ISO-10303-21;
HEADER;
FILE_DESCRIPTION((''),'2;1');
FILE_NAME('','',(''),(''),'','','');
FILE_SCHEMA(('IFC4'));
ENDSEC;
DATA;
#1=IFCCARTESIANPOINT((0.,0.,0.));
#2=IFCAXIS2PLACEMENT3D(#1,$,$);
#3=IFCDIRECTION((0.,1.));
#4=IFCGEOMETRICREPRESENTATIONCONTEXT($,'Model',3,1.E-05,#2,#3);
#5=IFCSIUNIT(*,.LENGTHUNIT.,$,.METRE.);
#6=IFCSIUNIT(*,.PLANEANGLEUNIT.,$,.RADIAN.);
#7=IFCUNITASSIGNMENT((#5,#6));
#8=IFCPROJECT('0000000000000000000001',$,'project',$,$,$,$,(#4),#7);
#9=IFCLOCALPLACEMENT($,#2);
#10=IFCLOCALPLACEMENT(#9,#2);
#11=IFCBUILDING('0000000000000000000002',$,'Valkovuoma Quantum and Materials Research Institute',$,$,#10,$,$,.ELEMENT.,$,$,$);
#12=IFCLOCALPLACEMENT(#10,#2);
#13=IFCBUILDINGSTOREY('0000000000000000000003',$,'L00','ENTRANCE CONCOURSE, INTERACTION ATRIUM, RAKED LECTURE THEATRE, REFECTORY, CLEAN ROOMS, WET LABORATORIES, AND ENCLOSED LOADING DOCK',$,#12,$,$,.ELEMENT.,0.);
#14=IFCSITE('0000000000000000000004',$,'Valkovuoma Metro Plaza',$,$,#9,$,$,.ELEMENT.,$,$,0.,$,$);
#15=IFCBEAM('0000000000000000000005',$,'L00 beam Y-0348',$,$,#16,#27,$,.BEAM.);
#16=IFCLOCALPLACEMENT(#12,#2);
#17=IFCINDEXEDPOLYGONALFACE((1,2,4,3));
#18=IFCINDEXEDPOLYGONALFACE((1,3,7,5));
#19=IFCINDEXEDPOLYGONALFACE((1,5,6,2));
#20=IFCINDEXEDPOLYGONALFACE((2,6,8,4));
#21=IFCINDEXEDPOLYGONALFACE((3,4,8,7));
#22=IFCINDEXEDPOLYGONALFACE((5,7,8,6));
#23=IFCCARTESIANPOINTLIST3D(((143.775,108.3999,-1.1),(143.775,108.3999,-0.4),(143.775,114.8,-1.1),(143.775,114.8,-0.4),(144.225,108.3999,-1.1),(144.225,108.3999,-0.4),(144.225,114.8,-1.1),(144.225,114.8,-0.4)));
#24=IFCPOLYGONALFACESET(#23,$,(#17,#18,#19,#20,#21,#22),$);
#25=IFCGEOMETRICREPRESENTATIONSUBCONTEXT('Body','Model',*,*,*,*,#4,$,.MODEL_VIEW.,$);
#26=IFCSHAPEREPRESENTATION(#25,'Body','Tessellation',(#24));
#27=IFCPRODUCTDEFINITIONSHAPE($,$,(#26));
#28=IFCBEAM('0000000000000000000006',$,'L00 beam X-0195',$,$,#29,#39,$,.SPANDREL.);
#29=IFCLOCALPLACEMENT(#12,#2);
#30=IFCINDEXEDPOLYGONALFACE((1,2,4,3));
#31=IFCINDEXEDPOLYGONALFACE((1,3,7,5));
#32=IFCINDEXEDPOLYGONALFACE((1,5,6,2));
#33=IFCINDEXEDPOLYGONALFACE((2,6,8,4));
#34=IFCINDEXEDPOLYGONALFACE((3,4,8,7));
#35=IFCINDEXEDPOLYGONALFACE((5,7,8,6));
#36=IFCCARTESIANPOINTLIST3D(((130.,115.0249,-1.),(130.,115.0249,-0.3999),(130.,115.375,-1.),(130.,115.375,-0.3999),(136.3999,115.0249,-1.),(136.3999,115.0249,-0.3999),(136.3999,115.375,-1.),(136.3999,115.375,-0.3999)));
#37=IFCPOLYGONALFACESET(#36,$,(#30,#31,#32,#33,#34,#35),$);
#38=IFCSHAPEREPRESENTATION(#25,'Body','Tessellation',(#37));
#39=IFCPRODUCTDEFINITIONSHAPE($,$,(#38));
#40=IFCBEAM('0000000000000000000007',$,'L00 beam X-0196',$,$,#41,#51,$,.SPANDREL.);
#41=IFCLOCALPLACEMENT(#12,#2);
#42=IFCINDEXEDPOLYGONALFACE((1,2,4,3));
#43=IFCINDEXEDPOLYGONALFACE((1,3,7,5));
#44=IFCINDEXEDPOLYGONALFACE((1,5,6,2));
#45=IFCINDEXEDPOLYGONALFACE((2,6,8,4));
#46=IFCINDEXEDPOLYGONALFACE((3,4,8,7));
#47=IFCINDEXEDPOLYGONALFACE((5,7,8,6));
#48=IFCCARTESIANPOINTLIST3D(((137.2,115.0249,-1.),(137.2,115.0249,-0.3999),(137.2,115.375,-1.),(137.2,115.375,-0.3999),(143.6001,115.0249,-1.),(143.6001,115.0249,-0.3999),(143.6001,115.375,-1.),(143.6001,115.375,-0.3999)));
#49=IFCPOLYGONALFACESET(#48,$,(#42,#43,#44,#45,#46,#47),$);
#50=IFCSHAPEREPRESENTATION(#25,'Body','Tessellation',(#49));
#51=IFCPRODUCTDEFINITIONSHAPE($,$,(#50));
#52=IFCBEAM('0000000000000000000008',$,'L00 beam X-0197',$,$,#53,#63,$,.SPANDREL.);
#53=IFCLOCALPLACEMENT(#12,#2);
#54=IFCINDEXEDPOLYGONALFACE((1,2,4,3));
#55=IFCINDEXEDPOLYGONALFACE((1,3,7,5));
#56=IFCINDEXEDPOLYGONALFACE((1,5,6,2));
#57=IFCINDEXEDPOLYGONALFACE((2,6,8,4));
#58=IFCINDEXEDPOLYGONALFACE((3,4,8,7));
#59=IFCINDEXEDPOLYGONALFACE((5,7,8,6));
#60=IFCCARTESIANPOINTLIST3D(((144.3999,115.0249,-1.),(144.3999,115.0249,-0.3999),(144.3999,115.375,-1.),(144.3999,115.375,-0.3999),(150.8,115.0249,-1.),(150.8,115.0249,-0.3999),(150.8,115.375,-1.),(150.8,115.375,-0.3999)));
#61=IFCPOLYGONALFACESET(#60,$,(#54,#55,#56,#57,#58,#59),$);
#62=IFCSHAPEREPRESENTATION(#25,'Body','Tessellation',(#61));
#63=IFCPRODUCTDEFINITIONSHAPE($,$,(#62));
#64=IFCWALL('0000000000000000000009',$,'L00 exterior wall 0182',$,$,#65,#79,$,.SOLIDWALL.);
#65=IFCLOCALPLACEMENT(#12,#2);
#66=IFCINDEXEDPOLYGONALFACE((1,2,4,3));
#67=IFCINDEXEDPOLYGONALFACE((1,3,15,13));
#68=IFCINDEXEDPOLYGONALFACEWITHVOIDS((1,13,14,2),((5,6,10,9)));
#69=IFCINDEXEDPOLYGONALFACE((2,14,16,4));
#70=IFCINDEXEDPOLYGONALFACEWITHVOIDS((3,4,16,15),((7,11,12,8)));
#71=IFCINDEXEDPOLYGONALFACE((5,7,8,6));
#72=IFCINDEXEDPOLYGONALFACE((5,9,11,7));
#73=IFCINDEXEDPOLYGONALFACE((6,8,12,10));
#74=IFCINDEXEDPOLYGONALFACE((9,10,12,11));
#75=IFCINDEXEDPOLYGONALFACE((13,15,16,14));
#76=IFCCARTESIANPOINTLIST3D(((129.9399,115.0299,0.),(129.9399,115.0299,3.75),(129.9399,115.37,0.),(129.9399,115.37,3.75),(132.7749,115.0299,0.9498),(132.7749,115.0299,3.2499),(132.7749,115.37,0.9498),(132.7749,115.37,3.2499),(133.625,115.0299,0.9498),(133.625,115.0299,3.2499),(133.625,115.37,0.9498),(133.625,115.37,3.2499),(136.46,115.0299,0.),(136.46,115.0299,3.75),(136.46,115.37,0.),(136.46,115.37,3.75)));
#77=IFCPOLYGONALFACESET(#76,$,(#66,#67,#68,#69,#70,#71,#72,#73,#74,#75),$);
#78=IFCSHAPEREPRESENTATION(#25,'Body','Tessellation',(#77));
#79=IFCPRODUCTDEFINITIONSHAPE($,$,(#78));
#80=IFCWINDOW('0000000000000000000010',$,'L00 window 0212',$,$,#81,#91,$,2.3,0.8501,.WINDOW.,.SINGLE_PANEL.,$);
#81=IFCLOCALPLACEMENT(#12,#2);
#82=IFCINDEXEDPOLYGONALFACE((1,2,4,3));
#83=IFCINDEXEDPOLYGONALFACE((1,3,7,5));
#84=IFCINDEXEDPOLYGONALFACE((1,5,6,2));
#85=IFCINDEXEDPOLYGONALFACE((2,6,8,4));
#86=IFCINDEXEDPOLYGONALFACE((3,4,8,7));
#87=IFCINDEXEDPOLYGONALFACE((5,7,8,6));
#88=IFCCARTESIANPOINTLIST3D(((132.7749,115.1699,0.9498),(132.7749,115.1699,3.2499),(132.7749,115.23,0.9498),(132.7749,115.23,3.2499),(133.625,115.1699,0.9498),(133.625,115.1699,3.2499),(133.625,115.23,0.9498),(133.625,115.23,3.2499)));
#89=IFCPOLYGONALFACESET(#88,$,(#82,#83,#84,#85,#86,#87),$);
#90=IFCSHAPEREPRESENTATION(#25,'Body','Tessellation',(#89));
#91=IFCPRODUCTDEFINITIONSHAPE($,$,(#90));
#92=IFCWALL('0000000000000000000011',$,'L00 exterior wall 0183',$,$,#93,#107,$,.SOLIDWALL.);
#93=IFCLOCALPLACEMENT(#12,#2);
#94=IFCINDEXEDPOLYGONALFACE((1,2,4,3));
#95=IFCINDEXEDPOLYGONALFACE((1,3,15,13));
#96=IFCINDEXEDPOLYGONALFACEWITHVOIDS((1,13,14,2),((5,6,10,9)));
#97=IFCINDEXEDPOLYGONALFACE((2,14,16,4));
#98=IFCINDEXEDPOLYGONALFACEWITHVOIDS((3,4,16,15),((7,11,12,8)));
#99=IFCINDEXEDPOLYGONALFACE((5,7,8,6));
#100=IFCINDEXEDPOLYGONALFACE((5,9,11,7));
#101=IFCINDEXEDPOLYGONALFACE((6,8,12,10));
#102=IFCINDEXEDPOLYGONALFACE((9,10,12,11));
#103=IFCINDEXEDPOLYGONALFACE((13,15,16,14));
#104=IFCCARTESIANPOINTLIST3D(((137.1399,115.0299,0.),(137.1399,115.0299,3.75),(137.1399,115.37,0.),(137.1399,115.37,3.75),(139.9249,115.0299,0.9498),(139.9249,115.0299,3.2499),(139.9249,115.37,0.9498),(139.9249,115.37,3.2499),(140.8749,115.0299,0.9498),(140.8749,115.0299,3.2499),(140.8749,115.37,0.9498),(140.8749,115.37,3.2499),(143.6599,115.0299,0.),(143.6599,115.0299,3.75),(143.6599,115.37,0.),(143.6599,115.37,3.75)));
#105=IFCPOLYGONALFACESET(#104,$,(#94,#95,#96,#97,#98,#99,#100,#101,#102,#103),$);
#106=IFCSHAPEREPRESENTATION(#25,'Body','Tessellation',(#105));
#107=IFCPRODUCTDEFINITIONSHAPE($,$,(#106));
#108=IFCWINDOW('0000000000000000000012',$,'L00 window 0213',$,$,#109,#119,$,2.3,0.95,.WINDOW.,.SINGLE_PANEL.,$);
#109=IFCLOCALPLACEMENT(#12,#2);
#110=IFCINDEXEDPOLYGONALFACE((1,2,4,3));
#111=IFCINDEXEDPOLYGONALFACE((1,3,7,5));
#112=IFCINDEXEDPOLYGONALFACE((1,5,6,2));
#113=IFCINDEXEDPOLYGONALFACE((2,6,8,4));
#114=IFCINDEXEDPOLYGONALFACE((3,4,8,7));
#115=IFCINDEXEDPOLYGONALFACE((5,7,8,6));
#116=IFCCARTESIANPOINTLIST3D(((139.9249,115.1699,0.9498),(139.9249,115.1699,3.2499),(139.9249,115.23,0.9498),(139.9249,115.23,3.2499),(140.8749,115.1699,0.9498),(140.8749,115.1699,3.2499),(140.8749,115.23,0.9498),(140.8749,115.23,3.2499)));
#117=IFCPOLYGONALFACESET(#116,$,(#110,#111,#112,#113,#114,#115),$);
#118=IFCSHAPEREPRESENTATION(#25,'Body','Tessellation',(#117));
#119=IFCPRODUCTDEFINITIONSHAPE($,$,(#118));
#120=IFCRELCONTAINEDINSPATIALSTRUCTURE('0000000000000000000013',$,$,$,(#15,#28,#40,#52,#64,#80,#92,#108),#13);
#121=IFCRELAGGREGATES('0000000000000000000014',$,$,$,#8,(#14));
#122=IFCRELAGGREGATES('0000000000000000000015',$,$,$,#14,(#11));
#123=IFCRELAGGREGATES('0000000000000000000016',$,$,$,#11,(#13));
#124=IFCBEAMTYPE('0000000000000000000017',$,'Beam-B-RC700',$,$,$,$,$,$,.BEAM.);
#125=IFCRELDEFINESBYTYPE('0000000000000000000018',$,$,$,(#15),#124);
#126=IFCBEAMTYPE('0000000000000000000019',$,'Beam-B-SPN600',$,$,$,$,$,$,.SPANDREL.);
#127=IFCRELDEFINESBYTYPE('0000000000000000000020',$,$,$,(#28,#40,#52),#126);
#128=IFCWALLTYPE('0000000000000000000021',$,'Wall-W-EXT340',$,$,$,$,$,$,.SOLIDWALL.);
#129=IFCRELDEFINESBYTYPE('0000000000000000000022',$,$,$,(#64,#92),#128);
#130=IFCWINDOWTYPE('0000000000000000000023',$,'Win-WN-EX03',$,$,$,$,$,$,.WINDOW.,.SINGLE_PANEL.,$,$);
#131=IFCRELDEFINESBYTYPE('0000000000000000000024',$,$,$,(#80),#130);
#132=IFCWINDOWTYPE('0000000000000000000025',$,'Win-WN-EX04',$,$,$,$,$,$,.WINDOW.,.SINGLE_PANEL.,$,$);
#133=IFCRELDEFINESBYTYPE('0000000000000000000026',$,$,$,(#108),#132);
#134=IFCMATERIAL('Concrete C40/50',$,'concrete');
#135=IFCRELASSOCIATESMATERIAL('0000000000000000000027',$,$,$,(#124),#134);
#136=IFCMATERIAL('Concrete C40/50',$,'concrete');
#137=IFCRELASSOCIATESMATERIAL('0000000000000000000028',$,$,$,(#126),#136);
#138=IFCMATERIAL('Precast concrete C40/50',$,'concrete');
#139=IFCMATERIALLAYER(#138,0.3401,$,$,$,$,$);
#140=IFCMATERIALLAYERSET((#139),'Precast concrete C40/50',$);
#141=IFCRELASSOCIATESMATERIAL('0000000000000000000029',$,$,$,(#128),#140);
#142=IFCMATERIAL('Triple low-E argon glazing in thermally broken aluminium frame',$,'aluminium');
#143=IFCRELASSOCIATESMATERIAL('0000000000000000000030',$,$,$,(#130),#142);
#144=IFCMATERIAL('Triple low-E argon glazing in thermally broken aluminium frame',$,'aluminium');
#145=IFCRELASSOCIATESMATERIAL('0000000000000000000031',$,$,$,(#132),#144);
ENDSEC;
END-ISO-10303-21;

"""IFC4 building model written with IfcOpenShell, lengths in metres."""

from ifc_helpers import new_model, si_unit, direction, frame, frame_2d, origin, origin_2d, place, context, subcontext, project, spatial, rectangle, extrude, material, layer, layer_set, material_profile, profile_set, type_object, element, fill, save


model = new_model("IFC4")

# Units and contexts
model_context = context("Model", 3, precision=1e-05, world=origin(), true_north=direction((0.0, 1.0)))
body_context = subcontext(model_context, "Body", "Model", "MODEL_VIEW")
ifc_project = project(units=[si_unit("LENGTHUNIT", "METRE"), si_unit("PLANEANGLEUNIT", "RADIAN")], contexts=[model_context])

# Site, building, storey
site_placement = place(None, origin())
site = spatial("IfcSite", under=ifc_project, at=site_placement, Name="Valkovuoma Metro Plaza", CompositionType="ELEMENT", RefElevation=0.0)
building_placement = place(site_placement, origin())
building = spatial("IfcBuilding", under=site, at=building_placement, Name="Valkovuoma Quantum and Materials Research Institute", CompositionType="ELEMENT")
storey_placement = place(building_placement, origin())
storey = spatial("IfcBuildingStorey", under=building, at=storey_placement, Name="L00", Description="ENTRANCE CONCOURSE, INTERACTION ATRIUM, RAKED LECTURE THEATRE, REFECTORY, CLEAN ROOMS, WET LABORATORIES, AND ENCLOSED LOADING DOCK", CompositionType="ELEMENT", Elevation=0.0)

# Beams
ifc_material_1 = material(Name="Concrete C40/50", Category="concrete")
ifc_material_profile_1 = material_profile(ifc_material_1, rectangle(XDim=0.45, YDim=0.7, at=origin_2d()), Name="Concrete C40/50")
ifc_profile_set_1 = profile_set([ifc_material_profile_1], Name="Concrete C40/50")
beam_type_1 = type_object("IfcBeamType", Name="Beam-B-RC700", PredefinedType="BEAM", material=ifc_profile_set_1)
for number, where, z_axis, x_axis, name in (
    (1, (144.0, 108.3999, -0.75), (0.0, 1.0, 0.0), (-1.0, 0.0, 0.0), "L00 beam Y-0348"),
):
    element("IfcBeam", number, at=place(storey_placement, frame(where, z_axis=z_axis, x_axis=x_axis)), inside=storey, type_object=beam_type_1, Name=name, PredefinedType="BEAM", context=body_context, shape_type="SweptSolid", body=[
        extrude(rectangle(XDim=0.45, YDim=0.7, at=origin_2d()), origin(), (0.0, 0.0, 1.0), 6.4001),
    ])
ifc_material_2 = material(Name="Concrete C40/50", Category="concrete")
ifc_material_profile_2 = material_profile(ifc_material_2, rectangle(XDim=0.3501, YDim=0.6001, at=origin_2d()), Name="Concrete C40/50")
ifc_profile_set_2 = profile_set([ifc_material_profile_2], Name="Concrete C40/50")
beam_type_2 = type_object("IfcBeamType", Name="Beam-B-SPN600", PredefinedType="SPANDREL", material=ifc_profile_set_2)
beam_1_placement = place(storey_placement, frame((130.0, 115.2, -0.7), z_axis=(1.0, 0.0, 0.0), x_axis=(0.0, 1.0, 0.0)))
element("IfcBeam", 2, at=beam_1_placement, inside=storey, type_object=beam_type_2, Name="L00 beam X-0195", PredefinedType="SPANDREL", context=body_context, shape_type="SweptSolid", body=[
    extrude(rectangle(XDim=0.3501, YDim=0.6001, at=origin_2d()), origin(), (0.0, 0.0, 1.0), 6.3999),
])
for number, where, z_axis, x_axis, name in (
    (3, (137.2, 115.2, -0.7), (1.0, 0.0, 0.0), (0.0, 1.0, 0.0), "L00 beam X-0196"),
    (4, (144.3999, 115.2, -0.7), (1.0, 0.0, 0.0), (0.0, 1.0, 0.0), "L00 beam X-0197"),
):
    element("IfcBeam", number, at=place(storey_placement, frame(where, z_axis=z_axis, x_axis=x_axis)), inside=storey, type_object=beam_type_2, Name=name, PredefinedType="SPANDREL", context=body_context, shape_type="SweptSolid", body=[
        extrude(rectangle(XDim=0.3501, YDim=0.6001, at=origin_2d()), origin(), (0.0, 0.0, 1.0), 6.4001),
    ])

# Walls, openings, windows
ifc_material_3 = material(Name="Precast concrete C40/50", Category="concrete")
ifc_layer = layer(ifc_material_3, 0.3401)
ifc_layer_set = layer_set([ifc_layer], Name="Precast concrete C40/50")
wall_type = type_object("IfcWallType", Name="Wall-W-EXT340", PredefinedType="SOLIDWALL", material=ifc_layer_set)
wall_1_placement = place(storey_placement, frame((129.9399, 115.2, 0.0), z_axis=(0.0, 0.0, 1.0), x_axis=(1.0, 0.0, 0.0)))
wall_1 = element("IfcWall", 5, at=wall_1_placement, inside=storey, type_object=wall_type, Name="L00 exterior wall 0182", PredefinedType="SOLIDWALL", context=body_context, shape_type="SweptSolid", body=[
    extrude(rectangle(XDim=6.52, YDim=0.3401, at=frame_2d((3.26, 0.0))), origin(), (0.0, 0.0, 1.0), 3.75),
])
opening_1_placement = place(wall_1_placement, frame((2.835, 0.0, 0.95)))
opening_1 = element("IfcOpeningElement", 6, at=opening_1_placement, cuts=wall_1, PredefinedType="OPENING", context=body_context, shape_type="SweptSolid", body=[
    extrude(rectangle(XDim=0.8501, YDim=2.3, at=frame_2d((0.425, 1.1499))), frame((0.0, 0.1802, 0.0), z_axis=(0.0, -1.0, 0.0), x_axis=(1.0, 0.0, 0.0)), (0.0, 0.0, 1.0), 0.3601),
])
ifc_material_4 = material(Name="Triple low-E argon glazing in thermally broken aluminium frame", Category="aluminium")
window_type_1 = type_object("IfcWindowType", Name="Win-WN-EX03", PartitioningType="SINGLE_PANEL", PredefinedType="WINDOW", material=ifc_material_4)
window_1_placement = place(opening_1_placement, origin())
window_1 = element("IfcWindow", 7, at=window_1_placement, inside=storey, type_object=window_type_1, Name="L00 window 0212", OverallHeight=2.3, OverallWidth=0.8501, PartitioningType="SINGLE_PANEL", PredefinedType="WINDOW", context=body_context, shape_type="SweptSolid", body=[
    extrude(rectangle(XDim=0.8501, YDim=2.3, at=frame_2d((0.425, 1.1499))), frame((0.0, 0.03, 0.0), z_axis=(0.0, -1.0, 0.0), x_axis=(1.0, 0.0, 0.0)), (0.0, 0.0, 1.0), 0.0601),
])
fill(opening_1, window_1)
wall_2_placement = place(storey_placement, frame((137.1399, 115.2, 0.0), z_axis=(0.0, 0.0, 1.0), x_axis=(1.0, 0.0, 0.0)))
wall_2 = element("IfcWall", 8, at=wall_2_placement, inside=storey, type_object=wall_type, Name="L00 exterior wall 0183", PredefinedType="SOLIDWALL", context=body_context, shape_type="SweptSolid", body=[
    extrude(rectangle(XDim=6.52, YDim=0.3401, at=frame_2d((3.26, 0.0))), origin(), (0.0, 0.0, 1.0), 3.75),
])
opening_2_placement = place(wall_2_placement, frame((2.7849, 0.0, 0.95)))
opening_2 = element("IfcOpeningElement", 9, at=opening_2_placement, cuts=wall_2, PredefinedType="OPENING", context=body_context, shape_type="SweptSolid", body=[
    extrude(rectangle(XDim=0.95, YDim=2.3, at=frame_2d((0.4751, 1.1499))), frame((0.0, 0.1802, 0.0), z_axis=(0.0, -1.0, 0.0), x_axis=(1.0, 0.0, 0.0)), (0.0, 0.0, 1.0), 0.3601),
])
ifc_material_5 = material(Name="Triple low-E argon glazing in thermally broken aluminium frame", Category="aluminium")
window_type_2 = type_object("IfcWindowType", Name="Win-WN-EX04", PartitioningType="SINGLE_PANEL", PredefinedType="WINDOW", material=ifc_material_5)
window_2_placement = place(opening_2_placement, origin())
window_2 = element("IfcWindow", 10, at=window_2_placement, inside=storey, type_object=window_type_2, Name="L00 window 0213", OverallHeight=2.3, OverallWidth=0.95, PartitioningType="SINGLE_PANEL", PredefinedType="WINDOW", context=body_context, shape_type="SweptSolid", body=[
    extrude(rectangle(XDim=0.95, YDim=2.3, at=frame_2d((0.4751, 1.1499))), frame((0.0, 0.03, 0.0), z_axis=(0.0, -1.0, 0.0), x_axis=(1.0, 0.0, 0.0)), (0.0, 0.0, 1.0), 0.0601),
])
fill(opening_2, window_2)

save(model, "model.ifc")
